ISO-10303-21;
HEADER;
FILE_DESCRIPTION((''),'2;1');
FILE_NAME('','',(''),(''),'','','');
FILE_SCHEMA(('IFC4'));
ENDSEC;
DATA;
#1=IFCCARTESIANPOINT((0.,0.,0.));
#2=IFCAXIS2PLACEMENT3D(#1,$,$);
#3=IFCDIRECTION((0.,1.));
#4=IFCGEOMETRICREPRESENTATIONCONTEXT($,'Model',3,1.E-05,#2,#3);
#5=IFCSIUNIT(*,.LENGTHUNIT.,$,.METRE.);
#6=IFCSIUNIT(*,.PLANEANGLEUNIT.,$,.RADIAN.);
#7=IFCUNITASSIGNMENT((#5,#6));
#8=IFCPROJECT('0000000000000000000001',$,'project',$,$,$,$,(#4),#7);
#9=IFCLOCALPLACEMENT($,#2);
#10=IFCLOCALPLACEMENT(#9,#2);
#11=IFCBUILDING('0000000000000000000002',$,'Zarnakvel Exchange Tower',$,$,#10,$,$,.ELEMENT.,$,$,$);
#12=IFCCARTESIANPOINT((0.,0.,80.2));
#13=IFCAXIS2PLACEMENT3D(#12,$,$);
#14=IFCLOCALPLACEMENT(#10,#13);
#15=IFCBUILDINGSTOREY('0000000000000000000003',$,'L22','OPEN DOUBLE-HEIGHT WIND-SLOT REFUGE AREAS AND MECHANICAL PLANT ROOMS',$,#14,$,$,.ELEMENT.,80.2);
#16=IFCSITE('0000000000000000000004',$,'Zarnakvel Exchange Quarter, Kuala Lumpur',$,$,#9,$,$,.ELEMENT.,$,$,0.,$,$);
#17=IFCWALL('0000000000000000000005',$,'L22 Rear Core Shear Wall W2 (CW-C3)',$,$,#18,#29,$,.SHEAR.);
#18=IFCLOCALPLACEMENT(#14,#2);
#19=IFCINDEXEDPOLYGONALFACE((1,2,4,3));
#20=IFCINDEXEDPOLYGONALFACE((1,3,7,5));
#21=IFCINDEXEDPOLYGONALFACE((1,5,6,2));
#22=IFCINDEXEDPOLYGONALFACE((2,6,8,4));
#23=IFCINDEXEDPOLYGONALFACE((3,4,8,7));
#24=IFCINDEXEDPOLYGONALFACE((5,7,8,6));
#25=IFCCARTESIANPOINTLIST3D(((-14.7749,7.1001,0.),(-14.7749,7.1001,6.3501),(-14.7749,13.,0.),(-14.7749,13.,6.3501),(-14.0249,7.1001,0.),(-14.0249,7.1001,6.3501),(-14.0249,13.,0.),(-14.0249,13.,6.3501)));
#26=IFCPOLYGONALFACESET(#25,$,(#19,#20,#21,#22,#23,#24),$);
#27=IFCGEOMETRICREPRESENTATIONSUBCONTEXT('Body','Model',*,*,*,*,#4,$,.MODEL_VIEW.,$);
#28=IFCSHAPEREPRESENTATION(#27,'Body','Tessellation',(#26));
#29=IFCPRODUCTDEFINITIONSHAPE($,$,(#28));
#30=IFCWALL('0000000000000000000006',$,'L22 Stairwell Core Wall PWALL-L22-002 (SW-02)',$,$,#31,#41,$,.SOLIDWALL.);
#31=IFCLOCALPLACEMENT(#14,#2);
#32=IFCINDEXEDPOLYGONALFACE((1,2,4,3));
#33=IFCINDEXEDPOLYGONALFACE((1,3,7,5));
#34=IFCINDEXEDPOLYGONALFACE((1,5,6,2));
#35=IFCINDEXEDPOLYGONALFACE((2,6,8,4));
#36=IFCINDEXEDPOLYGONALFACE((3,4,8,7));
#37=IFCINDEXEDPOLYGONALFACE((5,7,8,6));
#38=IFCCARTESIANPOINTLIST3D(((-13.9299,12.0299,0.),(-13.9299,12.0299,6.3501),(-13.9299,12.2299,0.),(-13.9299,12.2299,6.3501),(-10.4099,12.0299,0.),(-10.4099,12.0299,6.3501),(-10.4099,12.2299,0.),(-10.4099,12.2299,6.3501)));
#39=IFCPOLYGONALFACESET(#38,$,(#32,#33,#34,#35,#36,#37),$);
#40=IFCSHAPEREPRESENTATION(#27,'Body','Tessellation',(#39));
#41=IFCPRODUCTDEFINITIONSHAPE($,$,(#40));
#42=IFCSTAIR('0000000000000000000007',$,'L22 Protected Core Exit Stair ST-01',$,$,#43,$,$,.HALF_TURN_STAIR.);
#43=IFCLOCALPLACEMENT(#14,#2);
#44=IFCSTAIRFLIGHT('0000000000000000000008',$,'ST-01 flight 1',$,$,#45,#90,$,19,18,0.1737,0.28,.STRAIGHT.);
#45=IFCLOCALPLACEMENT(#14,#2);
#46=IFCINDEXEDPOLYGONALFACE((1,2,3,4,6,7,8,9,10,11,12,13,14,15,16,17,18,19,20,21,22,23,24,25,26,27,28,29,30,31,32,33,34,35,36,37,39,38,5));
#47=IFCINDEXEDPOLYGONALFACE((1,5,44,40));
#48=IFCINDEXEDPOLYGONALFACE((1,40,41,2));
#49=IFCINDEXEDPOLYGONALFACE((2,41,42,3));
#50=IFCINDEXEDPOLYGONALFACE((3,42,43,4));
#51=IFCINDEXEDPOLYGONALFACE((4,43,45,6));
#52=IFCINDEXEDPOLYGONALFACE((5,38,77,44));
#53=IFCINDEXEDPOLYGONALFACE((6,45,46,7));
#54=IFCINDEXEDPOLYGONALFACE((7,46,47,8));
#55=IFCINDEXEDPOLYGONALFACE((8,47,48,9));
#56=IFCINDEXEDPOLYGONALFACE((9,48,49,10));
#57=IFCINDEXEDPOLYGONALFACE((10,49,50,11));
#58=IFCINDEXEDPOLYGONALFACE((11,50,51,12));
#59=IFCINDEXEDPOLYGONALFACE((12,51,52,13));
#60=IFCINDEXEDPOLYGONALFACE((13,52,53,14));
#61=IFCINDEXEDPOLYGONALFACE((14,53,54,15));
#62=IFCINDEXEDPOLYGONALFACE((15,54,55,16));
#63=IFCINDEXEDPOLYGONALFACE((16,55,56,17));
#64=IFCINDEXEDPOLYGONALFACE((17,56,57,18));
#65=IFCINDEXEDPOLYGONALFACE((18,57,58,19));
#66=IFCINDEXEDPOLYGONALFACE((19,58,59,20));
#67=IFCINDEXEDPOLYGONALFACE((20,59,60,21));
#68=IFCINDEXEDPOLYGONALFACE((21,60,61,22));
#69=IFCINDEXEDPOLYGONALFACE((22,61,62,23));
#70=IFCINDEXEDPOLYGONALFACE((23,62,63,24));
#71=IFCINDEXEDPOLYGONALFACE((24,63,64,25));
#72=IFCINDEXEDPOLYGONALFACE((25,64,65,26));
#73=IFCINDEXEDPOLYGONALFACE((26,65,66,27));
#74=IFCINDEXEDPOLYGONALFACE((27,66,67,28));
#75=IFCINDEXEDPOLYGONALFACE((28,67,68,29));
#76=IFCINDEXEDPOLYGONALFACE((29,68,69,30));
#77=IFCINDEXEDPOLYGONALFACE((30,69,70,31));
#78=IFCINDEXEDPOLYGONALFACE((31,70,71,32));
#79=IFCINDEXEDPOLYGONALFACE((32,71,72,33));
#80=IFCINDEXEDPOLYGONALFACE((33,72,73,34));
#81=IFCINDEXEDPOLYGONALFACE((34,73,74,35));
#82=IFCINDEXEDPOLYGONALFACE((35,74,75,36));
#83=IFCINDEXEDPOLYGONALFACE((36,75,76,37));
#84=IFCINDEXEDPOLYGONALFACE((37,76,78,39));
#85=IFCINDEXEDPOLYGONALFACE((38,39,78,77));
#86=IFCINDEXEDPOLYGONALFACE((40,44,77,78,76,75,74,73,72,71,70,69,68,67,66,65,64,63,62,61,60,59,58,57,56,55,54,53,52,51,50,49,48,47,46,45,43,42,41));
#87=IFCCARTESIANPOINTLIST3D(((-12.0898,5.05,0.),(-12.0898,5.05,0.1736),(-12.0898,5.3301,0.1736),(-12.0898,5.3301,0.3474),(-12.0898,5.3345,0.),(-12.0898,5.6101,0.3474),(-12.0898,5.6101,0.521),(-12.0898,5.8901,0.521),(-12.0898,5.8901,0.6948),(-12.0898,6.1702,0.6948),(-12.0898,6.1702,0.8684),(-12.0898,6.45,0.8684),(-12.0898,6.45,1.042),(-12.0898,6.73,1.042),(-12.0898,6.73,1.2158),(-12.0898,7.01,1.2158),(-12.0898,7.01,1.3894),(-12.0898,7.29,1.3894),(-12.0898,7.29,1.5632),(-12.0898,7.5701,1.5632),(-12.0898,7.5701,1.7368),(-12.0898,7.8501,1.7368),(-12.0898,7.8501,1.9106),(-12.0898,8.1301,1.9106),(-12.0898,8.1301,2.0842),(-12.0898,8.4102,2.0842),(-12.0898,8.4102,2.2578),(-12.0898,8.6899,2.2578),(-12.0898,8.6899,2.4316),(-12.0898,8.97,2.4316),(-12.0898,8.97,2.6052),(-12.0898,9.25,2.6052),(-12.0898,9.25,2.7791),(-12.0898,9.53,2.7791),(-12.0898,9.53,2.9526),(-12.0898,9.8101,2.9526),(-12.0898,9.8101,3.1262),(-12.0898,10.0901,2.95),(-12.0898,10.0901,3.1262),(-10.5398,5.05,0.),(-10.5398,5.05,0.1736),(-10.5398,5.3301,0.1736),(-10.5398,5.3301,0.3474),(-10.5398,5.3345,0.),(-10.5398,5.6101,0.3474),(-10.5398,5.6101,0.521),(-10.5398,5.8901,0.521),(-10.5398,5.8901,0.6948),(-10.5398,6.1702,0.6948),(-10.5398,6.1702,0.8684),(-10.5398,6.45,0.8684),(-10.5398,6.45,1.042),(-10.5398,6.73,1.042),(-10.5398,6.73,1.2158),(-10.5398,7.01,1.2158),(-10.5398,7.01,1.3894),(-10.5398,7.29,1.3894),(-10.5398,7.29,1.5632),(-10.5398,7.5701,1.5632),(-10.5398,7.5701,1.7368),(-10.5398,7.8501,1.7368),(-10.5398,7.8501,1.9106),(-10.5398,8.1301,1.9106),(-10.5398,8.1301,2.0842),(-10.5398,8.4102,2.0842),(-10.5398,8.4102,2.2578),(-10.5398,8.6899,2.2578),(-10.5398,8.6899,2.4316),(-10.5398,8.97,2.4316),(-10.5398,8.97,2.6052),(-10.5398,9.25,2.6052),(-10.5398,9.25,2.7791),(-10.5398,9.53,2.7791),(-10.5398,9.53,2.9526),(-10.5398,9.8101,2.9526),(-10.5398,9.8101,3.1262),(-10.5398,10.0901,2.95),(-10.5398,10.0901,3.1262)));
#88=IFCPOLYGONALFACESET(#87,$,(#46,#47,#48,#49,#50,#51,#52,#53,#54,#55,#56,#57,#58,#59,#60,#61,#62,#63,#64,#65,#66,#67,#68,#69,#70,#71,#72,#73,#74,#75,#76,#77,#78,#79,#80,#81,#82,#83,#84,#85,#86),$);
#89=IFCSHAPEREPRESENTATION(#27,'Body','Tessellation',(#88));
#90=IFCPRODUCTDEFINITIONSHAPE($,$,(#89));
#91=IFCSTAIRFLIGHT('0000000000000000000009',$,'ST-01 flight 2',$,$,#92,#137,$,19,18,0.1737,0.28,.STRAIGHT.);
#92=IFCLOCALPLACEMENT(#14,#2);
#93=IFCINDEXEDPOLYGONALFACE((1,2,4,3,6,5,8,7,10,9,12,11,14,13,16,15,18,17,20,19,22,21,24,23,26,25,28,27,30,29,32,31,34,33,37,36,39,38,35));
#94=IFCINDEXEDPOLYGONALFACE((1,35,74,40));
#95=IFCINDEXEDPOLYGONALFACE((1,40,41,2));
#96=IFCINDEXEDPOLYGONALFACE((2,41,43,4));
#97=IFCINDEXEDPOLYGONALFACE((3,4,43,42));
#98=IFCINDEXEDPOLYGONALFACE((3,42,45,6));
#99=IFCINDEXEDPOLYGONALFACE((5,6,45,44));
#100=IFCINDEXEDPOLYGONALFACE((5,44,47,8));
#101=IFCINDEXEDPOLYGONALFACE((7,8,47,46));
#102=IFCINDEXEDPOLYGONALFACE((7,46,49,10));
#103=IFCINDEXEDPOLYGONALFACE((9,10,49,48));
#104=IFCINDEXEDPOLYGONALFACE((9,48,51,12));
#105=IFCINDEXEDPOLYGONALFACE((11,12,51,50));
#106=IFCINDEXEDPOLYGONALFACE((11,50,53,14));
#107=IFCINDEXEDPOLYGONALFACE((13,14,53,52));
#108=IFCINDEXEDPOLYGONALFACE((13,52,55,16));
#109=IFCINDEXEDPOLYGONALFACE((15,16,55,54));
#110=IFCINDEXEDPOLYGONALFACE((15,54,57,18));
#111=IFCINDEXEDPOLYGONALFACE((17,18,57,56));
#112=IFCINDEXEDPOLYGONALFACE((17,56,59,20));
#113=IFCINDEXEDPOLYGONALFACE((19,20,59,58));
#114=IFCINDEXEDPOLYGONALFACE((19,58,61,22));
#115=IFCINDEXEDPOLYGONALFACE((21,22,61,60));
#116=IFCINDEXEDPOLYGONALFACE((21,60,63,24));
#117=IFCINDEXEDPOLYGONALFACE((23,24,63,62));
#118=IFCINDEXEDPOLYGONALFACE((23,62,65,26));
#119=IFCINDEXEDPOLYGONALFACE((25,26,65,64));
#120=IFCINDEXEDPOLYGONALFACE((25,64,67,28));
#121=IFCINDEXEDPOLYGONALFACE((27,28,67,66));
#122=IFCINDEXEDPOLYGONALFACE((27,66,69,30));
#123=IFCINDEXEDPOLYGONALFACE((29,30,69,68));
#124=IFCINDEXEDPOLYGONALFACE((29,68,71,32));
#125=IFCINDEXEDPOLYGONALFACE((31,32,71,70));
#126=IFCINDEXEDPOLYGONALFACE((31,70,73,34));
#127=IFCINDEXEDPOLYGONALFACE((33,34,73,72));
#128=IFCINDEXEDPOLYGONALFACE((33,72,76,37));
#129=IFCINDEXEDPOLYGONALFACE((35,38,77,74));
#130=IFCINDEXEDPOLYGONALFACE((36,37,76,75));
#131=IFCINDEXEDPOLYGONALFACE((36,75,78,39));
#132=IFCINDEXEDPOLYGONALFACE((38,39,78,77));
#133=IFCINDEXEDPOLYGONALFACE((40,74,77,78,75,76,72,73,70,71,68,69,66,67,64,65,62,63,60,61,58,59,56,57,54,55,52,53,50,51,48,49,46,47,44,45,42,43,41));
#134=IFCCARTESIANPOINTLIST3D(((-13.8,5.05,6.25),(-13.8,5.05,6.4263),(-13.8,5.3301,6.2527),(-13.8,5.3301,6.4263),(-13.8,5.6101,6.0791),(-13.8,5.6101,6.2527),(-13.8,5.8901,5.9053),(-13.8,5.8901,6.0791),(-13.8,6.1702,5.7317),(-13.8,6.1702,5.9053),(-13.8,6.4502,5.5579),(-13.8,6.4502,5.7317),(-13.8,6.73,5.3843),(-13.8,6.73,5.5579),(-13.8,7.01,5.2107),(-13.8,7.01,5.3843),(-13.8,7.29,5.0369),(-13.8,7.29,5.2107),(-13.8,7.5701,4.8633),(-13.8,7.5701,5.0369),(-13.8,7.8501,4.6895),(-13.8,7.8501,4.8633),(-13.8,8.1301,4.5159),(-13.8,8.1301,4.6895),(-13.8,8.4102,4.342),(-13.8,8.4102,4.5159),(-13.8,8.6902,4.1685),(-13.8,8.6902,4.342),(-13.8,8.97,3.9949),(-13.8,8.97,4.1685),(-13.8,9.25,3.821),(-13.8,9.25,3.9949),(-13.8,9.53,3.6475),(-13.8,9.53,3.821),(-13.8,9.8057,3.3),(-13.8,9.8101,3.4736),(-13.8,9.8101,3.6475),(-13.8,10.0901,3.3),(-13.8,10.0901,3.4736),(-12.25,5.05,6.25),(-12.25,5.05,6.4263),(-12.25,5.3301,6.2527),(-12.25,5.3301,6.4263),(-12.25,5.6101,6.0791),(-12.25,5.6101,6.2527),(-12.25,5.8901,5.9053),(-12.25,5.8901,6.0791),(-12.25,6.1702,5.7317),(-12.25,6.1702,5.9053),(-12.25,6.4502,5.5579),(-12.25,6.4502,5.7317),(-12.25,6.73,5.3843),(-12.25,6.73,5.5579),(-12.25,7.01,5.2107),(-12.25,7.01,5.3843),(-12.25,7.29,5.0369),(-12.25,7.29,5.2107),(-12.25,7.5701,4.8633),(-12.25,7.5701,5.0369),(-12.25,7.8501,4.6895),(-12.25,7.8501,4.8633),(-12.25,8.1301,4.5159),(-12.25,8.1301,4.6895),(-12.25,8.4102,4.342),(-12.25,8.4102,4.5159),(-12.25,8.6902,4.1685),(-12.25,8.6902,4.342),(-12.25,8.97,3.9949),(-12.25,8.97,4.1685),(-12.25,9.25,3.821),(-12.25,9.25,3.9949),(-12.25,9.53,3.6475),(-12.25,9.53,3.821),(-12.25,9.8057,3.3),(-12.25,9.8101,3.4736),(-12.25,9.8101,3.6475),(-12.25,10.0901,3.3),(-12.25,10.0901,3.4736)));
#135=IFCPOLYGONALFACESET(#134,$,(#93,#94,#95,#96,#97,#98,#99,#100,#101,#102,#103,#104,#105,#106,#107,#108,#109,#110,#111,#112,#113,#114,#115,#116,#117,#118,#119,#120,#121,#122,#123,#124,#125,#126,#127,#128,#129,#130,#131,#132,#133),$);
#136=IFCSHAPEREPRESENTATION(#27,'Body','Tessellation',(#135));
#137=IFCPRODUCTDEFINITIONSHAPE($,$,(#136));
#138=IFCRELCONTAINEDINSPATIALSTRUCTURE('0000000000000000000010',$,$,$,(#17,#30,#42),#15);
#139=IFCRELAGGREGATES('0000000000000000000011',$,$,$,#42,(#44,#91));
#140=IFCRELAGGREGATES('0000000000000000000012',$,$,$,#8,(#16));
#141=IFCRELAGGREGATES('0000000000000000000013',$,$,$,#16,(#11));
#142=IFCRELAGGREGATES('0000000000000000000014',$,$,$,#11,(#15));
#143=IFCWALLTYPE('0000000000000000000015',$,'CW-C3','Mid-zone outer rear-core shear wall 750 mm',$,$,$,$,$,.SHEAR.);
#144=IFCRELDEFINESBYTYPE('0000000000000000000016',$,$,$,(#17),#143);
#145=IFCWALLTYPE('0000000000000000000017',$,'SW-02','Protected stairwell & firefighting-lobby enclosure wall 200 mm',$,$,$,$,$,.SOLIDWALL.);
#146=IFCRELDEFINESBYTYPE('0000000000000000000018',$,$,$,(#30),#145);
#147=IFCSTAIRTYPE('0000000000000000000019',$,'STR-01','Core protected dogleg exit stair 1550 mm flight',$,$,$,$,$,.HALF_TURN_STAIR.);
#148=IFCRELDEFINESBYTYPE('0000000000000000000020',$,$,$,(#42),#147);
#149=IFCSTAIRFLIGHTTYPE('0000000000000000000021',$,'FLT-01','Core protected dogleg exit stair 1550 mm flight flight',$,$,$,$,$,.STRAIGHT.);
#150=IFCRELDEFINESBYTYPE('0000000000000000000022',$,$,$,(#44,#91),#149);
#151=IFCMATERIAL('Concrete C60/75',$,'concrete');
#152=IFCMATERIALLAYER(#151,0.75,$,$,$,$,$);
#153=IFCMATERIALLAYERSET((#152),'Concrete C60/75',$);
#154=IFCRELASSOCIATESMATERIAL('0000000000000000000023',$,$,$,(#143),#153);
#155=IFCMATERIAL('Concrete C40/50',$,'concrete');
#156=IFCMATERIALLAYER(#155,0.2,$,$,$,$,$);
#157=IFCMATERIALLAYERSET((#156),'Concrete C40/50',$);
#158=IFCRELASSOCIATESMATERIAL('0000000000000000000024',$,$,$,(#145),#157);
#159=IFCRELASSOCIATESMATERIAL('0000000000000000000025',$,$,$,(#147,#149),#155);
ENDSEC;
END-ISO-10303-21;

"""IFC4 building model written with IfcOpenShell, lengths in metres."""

from ifc_helpers import new_model, si_unit, direction, frame, frame_2d, origin, place, context, subcontext, project, spatial, polyline, rectangle, outline, extrude, material, layer, layer_set, type_object, element, aggregate, save


model = new_model("IFC4")

# Units and contexts
model_context = context("Model", 3, precision=1e-05, world=origin(), true_north=direction((0.0, 1.0)))
body_context = subcontext(model_context, "Body", "Model", "MODEL_VIEW")
ifc_project = project(units=[si_unit("LENGTHUNIT", "METRE"), si_unit("PLANEANGLEUNIT", "RADIAN")], contexts=[model_context])

# Site, building, storey
site_placement = place(None, origin())
site = spatial("IfcSite", under=ifc_project, at=site_placement, Name="Zarnakvel Exchange Quarter, Kuala Lumpur", CompositionType="ELEMENT", RefElevation=0.0)
building_placement = place(site_placement, origin())
building = spatial("IfcBuilding", under=site, at=building_placement, Name="Zarnakvel Exchange Tower", CompositionType="ELEMENT")
storey_placement = place(building_placement, frame((0.0, 0.0, 80.2)))
storey = spatial("IfcBuildingStorey", under=building, at=storey_placement, Name="L22", Description="OPEN DOUBLE-HEIGHT WIND-SLOT REFUGE AREAS AND MECHANICAL PLANT ROOMS", CompositionType="ELEMENT", Elevation=80.2)

# Shared definitions
ifc_material_1 = material(Name="Concrete C60/75", Category="concrete")

# Wall
ifc_layer_1 = layer(ifc_material_1, 0.75)
ifc_layer_set_1 = layer_set([ifc_layer_1], Name="Concrete C60/75")
wall_type_1 = type_object("IfcWallType", Name="CW-C3", Description="Mid-zone outer rear-core shear wall 750 mm", PredefinedType="SHEAR", material=ifc_layer_set_1)
wall_1_placement = place(storey_placement, frame((-14.3999, 7.1001, 0.0), z_axis=(0.0, 0.0, 1.0), x_axis=(0.0, 1.0, 0.0)))
element("IfcWall", 1, at=wall_1_placement, inside=storey, type_object=wall_type_1, Name="L22 Rear Core Shear Wall W2 (CW-C3)", PredefinedType="SHEAR", context=body_context, shape_type="SweptSolid", body=[
    extrude(rectangle(XDim=5.8999, YDim=0.75, at=frame_2d((2.95, 0.0))), origin(), (0.0, 0.0, 1.0), 6.3501),
])

# Shared definitions
ifc_material_2 = material(Name="Concrete C40/50", Category="concrete")
ifc_layer_2 = layer(ifc_material_2, 0.2)
ifc_layer_set_2 = layer_set([ifc_layer_2], Name="Concrete C40/50")
wall_type_2 = type_object("IfcWallType", Name="SW-02", Description="Protected stairwell & firefighting-lobby enclosure wall 200 mm", PredefinedType="SOLIDWALL", material=ifc_layer_set_2)

# Wall
wall_2_placement = place(storey_placement, frame((-13.9299, 12.1299, 0.0), z_axis=(0.0, 0.0, 1.0), x_axis=(1.0, 0.0, 0.0)))
element("IfcWall", 2, at=wall_2_placement, inside=storey, type_object=wall_type_2, Name="L22 Stairwell Core Wall PWALL-L22-002 (SW-02)", PredefinedType="SOLIDWALL", context=body_context, shape_type="SweptSolid", body=[
    extrude(rectangle(XDim=3.52, YDim=0.2, at=frame_2d((1.76, 0.0))), origin(), (0.0, 0.0, 1.0), 6.3501),
])

# Stair, stair flights
stair_type = type_object("IfcStairType", Name="STR-01", Description="Core protected dogleg exit stair 1550 mm flight", PredefinedType="HALF_TURN_STAIR", material=ifc_material_2)
stair_placement = place(storey_placement, origin())
stair = element("IfcStair", 3, at=stair_placement, inside=storey, type_object=stair_type, Name="L22 Protected Core Exit Stair ST-01", PredefinedType="HALF_TURN_STAIR")
stair_flight_type = type_object("IfcStairFlightType", Name="FLT-01", Description="Core protected dogleg exit stair 1550 mm flight flight", PredefinedType="STRAIGHT", material=ifc_material_2)
stair_flight_1_placement = place(storey_placement, frame((-11.3149, 5.05, 0.0), z_axis=(0.0, 0.0, 1.0), x_axis=(0.0, 1.0, 0.0)))
stair_flight_1 = element("IfcStairFlight", 4, at=stair_flight_1_placement, type_object=stair_flight_type, Name="ST-01 flight 1", NumberOfRisers=19, NumberOfTreads=18, PredefinedType="STRAIGHT", RiserHeight=0.1737, TreadLength=0.28, context=body_context, shape_type="SweptSolid", body=[
    extrude(outline(polyline([(0.0, 0.0), (0.0, 0.1736), (0.28, 0.1736), (0.28, 0.3474), (0.5601, 0.3474), (0.5601, 0.521), (0.8401, 0.521), (0.8401, 0.6948), (1.1201, 0.6948), (1.1201, 0.8684), (1.3999, 0.8684), (1.3999, 1.042), (1.6799, 1.042), (1.6799, 1.2158), (1.96, 1.2158), (1.96, 1.3894), (2.24, 1.3894), (2.24, 1.5632), (2.52, 1.5632), (2.52, 1.7368), (2.8, 1.7368), (2.8, 1.9106), (3.0801, 1.9106), (3.0801, 2.0842), (3.3601, 2.0842), (3.3601, 2.2578), (3.6399, 2.2578), (3.6399, 2.4316), (3.9199, 2.4316), (3.9199, 2.6052), (4.2, 2.6052), (4.2, 2.7791), (4.48, 2.7791), (4.48, 2.9526), (4.76, 2.9526), (4.76, 3.1262), (5.04, 3.1262), (5.04, 3.3), (5.04, 2.95), (0.2844, 0.0), (0.0, 0.0)])), frame((0.0, 0.7749, 0.0), z_axis=(0.0, -1.0, 0.0), x_axis=(1.0, 0.0, 0.0)), (0.0, 0.0, 1.0), 1.55),
])
stair_flight_2_placement = place(storey_placement, frame((-13.0249, 10.0901, 3.3), z_axis=(0.0, 0.0, 1.0), x_axis=(0.0, -1.0, 0.0)))
stair_flight_2 = element("IfcStairFlight", 5, at=stair_flight_2_placement, type_object=stair_flight_type, Name="ST-01 flight 2", NumberOfRisers=19, NumberOfTreads=18, PredefinedType="STRAIGHT", RiserHeight=0.1737, TreadLength=0.28, context=body_context, shape_type="SweptSolid", body=[
    extrude(outline(polyline([(0.0, 0.0), (0.0, 0.1736), (0.28, 0.1736), (0.28, 0.3474), (0.5601, 0.3474), (0.5601, 0.521), (0.8401, 0.521), (0.8401, 0.6948), (1.1201, 0.6948), (1.1201, 0.8684), (1.3999, 0.8684), (1.3999, 1.042), (1.6799, 1.042), (1.6799, 1.2158), (1.96, 1.2158), (1.96, 1.3894), (2.24, 1.3894), (2.24, 1.5632), (2.52, 1.5632), (2.52, 1.7368), (2.8, 1.7368), (2.8, 1.9106), (3.0801, 1.9106), (3.0801, 2.0842), (3.3601, 2.0842), (3.3601, 2.2578), (3.6399, 2.2578), (3.6399, 2.4316), (3.9199, 2.4316), (3.9199, 2.6052), (4.2, 2.6052), (4.2, 2.7791), (4.48, 2.7791), (4.48, 2.9526), (4.76, 2.9526), (4.76, 3.1262), (5.04, 3.1262), (5.04, 3.3), (5.04, 2.95), (0.2844, 0.0), (0.0, 0.0)])), frame((0.0, 0.7749, 0.0), z_axis=(0.0, -1.0, 0.0), x_axis=(1.0, 0.0, 0.0)), (0.0, 0.0, 1.0), 1.55),
])
aggregate(stair, [stair_flight_1, stair_flight_2])

save(model, "model.ifc")
